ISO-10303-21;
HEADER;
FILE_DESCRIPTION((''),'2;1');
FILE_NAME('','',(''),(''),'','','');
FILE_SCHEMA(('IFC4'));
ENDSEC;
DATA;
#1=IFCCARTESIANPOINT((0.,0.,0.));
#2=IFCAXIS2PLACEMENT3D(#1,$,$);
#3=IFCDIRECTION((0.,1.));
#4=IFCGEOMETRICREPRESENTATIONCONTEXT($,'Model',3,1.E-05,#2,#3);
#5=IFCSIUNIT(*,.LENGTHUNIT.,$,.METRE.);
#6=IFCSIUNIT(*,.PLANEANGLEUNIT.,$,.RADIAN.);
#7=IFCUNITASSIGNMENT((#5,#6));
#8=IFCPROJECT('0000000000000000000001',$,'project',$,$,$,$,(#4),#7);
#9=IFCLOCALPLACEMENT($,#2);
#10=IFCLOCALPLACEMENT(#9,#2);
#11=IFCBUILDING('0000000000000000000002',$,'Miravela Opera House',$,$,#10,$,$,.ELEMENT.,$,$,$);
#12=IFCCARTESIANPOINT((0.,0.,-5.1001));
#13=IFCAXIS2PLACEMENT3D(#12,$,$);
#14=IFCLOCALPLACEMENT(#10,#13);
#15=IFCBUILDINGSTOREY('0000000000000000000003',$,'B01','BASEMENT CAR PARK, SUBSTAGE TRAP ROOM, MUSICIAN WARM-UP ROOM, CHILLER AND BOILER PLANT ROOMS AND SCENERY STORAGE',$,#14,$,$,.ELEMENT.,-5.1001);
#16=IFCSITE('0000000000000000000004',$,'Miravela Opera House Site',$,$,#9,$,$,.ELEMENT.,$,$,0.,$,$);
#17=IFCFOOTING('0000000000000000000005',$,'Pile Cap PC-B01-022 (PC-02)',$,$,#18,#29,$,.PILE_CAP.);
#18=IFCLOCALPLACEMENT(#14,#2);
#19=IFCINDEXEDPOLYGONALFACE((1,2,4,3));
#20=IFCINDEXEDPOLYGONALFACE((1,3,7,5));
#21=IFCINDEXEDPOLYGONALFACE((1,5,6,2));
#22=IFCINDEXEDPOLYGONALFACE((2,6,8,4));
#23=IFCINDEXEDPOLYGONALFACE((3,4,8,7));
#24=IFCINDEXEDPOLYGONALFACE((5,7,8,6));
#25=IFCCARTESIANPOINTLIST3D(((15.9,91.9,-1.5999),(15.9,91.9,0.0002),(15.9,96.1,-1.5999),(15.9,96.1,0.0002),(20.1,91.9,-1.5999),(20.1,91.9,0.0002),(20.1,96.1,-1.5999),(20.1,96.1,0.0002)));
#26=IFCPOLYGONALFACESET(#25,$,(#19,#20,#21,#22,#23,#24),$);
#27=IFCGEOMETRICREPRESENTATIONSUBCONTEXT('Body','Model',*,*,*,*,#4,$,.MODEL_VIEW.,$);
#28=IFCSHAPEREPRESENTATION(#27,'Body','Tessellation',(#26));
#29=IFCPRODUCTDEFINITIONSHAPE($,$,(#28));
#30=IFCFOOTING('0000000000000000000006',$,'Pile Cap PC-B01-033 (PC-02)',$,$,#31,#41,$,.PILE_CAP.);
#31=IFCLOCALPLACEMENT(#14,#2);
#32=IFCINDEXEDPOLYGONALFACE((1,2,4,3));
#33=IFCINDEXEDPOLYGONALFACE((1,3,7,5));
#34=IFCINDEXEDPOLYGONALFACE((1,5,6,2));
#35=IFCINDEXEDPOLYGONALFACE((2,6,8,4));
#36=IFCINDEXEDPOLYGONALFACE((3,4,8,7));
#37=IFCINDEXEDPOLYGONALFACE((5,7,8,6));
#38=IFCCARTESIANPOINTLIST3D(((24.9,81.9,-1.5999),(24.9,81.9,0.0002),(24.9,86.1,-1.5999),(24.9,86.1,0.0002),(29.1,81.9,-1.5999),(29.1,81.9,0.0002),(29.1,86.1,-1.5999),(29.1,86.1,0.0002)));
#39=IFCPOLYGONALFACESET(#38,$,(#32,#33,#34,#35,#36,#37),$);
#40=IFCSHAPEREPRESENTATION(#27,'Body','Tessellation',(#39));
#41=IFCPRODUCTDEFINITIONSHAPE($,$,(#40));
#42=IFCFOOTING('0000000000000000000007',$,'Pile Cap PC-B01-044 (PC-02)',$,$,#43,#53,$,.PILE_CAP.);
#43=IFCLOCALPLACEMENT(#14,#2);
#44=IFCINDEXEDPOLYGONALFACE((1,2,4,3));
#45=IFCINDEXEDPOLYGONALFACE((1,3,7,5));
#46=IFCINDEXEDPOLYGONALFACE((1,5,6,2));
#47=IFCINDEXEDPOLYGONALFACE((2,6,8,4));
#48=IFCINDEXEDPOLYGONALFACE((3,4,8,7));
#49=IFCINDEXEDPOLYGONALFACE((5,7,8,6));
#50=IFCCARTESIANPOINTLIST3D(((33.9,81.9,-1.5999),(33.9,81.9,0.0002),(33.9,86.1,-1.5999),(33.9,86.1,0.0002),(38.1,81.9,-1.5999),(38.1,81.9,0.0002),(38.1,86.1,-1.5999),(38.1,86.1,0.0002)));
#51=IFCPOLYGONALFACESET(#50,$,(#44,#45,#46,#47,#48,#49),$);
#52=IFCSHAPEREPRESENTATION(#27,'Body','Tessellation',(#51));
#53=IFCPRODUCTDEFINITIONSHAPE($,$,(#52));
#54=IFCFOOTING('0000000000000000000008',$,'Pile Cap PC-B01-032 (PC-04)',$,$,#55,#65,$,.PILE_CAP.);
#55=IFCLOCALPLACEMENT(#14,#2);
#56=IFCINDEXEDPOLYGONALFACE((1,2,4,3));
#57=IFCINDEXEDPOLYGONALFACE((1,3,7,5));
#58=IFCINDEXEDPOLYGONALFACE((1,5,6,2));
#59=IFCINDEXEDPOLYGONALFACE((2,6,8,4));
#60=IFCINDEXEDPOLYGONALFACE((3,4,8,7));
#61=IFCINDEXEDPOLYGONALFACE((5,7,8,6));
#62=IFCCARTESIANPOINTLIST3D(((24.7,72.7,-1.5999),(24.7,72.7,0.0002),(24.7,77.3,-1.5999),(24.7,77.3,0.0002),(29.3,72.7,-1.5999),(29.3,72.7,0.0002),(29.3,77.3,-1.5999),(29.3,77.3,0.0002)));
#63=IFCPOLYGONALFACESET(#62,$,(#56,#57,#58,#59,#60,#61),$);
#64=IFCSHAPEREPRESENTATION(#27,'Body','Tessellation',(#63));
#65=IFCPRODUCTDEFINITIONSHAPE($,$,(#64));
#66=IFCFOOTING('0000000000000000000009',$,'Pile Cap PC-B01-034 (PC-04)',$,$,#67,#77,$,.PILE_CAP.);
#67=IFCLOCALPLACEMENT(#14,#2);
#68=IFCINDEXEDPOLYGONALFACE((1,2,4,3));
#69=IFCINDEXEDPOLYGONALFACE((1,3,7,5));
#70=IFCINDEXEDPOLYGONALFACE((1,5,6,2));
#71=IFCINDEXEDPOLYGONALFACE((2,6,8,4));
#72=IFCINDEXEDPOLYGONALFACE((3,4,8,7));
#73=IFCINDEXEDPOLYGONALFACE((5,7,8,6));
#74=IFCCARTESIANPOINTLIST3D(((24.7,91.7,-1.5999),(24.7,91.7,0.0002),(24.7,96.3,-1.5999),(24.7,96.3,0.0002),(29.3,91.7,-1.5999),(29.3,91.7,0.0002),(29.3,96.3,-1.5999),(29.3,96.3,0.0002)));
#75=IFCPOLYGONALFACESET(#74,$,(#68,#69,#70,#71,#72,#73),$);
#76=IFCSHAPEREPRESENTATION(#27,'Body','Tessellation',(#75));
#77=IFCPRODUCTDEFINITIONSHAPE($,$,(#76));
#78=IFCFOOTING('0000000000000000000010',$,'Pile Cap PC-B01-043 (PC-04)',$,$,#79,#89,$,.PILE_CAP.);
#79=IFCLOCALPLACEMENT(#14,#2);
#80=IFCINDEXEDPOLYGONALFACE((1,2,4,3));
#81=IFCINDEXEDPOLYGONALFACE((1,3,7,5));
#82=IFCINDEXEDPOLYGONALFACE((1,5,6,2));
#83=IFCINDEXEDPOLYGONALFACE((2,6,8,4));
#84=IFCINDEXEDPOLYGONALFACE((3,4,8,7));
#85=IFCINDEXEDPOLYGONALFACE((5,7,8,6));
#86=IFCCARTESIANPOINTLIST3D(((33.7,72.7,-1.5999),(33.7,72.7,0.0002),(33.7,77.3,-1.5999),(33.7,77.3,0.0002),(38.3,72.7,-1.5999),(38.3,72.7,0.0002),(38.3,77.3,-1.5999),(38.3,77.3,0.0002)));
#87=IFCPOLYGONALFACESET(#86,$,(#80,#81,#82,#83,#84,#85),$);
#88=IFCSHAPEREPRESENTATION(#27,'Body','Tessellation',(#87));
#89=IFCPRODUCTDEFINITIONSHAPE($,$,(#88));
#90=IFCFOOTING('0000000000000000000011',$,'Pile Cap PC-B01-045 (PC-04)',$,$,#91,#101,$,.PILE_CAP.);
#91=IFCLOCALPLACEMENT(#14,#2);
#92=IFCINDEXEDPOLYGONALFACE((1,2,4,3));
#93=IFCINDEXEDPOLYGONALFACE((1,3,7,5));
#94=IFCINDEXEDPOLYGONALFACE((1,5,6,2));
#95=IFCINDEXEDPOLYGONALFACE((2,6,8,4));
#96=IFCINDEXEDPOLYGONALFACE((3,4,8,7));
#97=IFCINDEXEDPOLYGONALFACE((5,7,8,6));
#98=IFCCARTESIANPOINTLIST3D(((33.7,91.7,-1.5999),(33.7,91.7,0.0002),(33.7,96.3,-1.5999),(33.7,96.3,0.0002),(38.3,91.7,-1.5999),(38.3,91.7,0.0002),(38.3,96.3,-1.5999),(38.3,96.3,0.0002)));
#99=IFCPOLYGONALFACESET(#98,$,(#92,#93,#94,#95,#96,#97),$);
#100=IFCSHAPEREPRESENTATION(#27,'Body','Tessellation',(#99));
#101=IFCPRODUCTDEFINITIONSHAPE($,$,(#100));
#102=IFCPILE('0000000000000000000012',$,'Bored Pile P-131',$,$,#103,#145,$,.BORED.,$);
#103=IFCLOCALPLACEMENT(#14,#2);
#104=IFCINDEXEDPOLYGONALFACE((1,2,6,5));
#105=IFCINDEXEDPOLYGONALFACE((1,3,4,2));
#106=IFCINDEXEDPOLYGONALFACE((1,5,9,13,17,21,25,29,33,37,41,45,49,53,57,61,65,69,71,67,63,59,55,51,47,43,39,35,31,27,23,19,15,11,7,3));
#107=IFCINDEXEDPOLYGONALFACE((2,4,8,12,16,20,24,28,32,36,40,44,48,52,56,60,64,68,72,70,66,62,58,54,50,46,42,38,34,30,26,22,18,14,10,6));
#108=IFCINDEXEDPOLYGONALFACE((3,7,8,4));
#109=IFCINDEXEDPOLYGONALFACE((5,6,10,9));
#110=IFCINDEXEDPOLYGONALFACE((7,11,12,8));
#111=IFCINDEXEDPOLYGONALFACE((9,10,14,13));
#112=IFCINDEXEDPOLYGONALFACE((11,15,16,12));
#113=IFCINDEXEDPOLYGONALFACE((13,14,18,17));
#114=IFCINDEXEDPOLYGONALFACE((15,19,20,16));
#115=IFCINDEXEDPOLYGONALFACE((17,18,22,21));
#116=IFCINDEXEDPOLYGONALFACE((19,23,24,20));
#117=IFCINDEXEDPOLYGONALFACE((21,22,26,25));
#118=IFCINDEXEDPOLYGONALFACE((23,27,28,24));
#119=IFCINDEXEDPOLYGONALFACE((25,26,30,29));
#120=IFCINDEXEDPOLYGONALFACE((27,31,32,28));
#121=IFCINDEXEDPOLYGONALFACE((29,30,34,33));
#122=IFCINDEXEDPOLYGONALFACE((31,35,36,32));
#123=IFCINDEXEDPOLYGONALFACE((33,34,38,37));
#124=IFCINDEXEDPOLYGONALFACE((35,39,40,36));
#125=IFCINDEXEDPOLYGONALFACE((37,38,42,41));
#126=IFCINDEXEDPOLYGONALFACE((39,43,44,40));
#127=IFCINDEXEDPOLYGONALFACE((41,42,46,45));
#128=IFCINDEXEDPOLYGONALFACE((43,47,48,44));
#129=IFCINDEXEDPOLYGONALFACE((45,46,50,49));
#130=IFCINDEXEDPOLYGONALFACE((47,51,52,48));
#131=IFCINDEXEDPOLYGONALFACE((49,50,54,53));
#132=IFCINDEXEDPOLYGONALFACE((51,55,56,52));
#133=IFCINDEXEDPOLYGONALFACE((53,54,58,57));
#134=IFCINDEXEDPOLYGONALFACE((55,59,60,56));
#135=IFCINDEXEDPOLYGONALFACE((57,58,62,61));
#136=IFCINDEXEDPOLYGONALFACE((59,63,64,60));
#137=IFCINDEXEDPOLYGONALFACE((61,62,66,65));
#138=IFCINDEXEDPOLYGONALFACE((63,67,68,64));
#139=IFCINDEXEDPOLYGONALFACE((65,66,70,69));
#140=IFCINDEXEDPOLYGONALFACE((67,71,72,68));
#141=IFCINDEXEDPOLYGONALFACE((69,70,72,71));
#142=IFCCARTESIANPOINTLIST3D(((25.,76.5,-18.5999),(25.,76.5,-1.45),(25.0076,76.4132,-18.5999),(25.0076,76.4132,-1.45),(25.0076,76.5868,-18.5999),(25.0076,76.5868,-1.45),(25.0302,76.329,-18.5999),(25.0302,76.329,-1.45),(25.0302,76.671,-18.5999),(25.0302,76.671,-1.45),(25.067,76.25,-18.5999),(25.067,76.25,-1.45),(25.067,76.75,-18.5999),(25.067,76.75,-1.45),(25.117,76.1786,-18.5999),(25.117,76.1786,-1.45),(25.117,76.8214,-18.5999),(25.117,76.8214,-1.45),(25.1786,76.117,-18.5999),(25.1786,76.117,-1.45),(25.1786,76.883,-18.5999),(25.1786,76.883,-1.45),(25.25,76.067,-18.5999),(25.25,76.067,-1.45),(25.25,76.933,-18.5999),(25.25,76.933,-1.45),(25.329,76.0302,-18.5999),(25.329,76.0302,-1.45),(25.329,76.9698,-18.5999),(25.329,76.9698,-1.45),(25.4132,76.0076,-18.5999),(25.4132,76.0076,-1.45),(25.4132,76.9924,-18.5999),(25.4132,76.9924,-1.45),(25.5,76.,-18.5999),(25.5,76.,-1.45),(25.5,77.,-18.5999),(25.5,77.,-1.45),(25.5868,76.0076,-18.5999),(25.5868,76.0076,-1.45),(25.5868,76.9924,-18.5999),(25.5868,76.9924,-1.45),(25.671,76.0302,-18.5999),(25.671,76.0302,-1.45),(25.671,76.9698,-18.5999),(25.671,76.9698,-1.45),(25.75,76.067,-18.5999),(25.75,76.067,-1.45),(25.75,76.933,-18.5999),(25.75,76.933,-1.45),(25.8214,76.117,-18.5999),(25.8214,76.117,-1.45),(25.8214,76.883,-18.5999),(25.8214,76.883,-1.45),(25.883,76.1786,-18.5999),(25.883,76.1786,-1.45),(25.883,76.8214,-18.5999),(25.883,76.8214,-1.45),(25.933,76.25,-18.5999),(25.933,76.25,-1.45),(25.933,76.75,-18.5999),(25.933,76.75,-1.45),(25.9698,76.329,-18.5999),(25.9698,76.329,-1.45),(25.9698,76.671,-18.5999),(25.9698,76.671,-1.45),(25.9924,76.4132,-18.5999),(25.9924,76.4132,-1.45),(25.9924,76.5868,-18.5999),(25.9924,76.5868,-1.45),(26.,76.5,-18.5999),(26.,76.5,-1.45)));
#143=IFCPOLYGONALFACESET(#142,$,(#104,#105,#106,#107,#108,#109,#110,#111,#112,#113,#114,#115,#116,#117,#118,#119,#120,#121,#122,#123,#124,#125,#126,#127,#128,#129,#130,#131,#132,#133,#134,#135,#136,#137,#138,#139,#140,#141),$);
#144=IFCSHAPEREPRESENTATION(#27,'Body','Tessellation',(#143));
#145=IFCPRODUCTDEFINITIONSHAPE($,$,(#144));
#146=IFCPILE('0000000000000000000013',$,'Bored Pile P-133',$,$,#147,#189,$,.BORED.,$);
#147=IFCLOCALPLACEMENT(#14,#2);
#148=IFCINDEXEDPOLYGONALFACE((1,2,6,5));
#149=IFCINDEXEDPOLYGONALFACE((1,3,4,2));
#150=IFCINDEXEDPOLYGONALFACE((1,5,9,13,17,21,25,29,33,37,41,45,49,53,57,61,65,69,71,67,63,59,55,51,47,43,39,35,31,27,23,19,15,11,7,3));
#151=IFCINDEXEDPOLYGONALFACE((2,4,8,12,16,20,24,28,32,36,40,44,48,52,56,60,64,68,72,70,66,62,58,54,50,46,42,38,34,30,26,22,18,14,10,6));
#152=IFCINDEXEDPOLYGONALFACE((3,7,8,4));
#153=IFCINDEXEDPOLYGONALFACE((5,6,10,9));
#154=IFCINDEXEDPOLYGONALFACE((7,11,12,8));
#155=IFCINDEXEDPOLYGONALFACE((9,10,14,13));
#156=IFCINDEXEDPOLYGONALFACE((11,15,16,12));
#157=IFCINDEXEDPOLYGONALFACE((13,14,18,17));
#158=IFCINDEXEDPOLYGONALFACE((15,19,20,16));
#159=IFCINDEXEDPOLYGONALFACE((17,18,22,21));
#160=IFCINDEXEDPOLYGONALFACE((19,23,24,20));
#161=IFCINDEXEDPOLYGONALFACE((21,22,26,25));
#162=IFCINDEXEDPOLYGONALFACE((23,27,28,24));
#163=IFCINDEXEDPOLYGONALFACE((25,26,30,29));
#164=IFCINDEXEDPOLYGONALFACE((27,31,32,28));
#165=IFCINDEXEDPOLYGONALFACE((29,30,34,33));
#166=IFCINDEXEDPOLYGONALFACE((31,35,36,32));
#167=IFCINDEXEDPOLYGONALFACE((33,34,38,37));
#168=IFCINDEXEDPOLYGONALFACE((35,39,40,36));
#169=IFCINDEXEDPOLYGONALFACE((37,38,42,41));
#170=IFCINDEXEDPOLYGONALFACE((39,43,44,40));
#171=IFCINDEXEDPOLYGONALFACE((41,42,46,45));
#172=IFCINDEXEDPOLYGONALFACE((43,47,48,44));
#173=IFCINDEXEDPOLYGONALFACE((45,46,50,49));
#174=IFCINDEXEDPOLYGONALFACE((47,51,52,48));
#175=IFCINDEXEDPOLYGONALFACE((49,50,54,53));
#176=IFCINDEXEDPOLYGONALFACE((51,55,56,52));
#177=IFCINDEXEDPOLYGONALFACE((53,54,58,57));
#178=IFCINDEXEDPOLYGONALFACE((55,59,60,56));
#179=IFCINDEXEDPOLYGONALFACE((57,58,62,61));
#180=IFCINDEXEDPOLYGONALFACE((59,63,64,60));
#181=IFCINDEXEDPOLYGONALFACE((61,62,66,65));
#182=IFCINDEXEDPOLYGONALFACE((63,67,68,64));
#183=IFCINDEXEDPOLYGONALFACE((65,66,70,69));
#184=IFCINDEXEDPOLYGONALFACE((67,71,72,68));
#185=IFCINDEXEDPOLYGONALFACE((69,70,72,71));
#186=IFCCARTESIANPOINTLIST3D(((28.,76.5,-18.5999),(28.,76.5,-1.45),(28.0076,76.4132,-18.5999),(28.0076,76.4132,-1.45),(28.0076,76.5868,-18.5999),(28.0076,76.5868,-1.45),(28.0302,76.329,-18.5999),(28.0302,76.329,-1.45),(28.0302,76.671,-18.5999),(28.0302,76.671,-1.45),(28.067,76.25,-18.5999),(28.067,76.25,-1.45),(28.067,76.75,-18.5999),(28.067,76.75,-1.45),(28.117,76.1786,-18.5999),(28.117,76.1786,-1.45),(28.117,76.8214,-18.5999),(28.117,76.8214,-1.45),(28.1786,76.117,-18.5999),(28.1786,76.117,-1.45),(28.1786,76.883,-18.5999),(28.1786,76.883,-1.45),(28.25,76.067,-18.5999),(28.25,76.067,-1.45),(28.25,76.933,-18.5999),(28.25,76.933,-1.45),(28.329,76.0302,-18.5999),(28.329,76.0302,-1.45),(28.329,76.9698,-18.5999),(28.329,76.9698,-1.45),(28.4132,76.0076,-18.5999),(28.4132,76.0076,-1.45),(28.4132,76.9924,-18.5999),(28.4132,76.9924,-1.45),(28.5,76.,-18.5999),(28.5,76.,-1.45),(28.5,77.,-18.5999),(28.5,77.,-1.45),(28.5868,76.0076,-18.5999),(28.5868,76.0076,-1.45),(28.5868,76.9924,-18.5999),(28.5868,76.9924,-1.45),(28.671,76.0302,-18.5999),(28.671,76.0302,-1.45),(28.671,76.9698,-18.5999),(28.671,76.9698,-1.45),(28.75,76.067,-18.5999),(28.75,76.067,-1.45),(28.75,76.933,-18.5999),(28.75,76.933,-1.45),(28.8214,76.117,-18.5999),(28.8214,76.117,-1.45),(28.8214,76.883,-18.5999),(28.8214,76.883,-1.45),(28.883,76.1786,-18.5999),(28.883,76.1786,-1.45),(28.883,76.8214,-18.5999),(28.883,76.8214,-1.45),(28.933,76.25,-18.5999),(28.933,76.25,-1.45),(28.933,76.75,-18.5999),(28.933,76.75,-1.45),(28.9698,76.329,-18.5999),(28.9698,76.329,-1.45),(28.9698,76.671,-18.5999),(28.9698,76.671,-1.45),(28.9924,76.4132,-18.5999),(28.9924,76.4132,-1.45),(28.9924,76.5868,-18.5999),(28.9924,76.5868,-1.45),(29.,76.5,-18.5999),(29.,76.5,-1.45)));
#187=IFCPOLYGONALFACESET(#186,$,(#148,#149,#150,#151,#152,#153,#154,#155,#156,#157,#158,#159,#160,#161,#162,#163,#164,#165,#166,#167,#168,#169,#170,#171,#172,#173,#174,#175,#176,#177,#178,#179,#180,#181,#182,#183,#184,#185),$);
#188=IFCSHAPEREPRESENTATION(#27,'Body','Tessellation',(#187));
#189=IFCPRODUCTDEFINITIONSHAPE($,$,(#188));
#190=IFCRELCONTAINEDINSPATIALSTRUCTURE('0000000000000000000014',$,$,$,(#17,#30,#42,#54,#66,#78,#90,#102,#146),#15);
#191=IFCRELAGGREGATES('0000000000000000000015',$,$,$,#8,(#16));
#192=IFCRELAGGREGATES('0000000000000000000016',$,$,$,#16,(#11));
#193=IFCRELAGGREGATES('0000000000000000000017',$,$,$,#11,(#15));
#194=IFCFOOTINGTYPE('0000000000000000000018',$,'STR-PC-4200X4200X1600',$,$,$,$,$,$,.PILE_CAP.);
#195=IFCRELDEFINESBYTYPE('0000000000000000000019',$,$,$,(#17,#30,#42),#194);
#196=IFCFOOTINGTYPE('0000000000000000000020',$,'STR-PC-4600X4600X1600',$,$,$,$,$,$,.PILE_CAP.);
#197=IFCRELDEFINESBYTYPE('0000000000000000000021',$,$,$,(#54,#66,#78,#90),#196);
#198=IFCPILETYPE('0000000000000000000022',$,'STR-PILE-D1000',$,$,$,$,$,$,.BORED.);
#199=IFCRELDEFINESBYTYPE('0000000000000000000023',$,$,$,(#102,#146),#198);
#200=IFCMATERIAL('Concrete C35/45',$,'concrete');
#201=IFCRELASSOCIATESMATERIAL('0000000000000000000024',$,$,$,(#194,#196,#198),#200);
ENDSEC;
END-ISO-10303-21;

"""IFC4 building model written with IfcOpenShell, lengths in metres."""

from ifc_helpers import new_model, si_unit, direction, frame, origin, origin_2d, place, context, subcontext, project, spatial, rectangle, circle, extrude, material, material_profile, profile_set, type_object, element, save


model = new_model("IFC4")

# Units and contexts
model_context = context("Model", 3, precision=1e-05, world=origin(), true_north=direction((0.0, 1.0)))
body_context = subcontext(model_context, "Body", "Model", "MODEL_VIEW")
ifc_project = project(units=[si_unit("LENGTHUNIT", "METRE"), si_unit("PLANEANGLEUNIT", "RADIAN")], contexts=[model_context])

# Site, building, storey
site_placement = place(None, origin())
site = spatial("IfcSite", under=ifc_project, at=site_placement, Name="Miravela Opera House Site", CompositionType="ELEMENT", RefElevation=0.0)
building_placement = place(site_placement, origin())
building = spatial("IfcBuilding", under=site, at=building_placement, Name="Miravela Opera House", CompositionType="ELEMENT")
storey_placement = place(building_placement, frame((0.0, 0.0, -5.1001)))
storey = spatial("IfcBuildingStorey", under=building, at=storey_placement, Name="B01", Description="BASEMENT CAR PARK, SUBSTAGE TRAP ROOM, MUSICIAN WARM-UP ROOM, CHILLER AND BOILER PLANT ROOMS AND SCENERY STORAGE", CompositionType="ELEMENT", Elevation=-5.1001)

# Footings
ifc_material_1 = material(Name="Concrete C35/45", Category="concrete")
footing_type_1 = type_object("IfcFootingType", Name="STR-PC-4200X4200X1600", PredefinedType="PILE_CAP", material=ifc_material_1)
for number, where, z_axis, x_axis, name in (
    (1, (18.0, 94.0, -1.5999), (0.0, 0.0, 1.0), (1.0, 0.0, 0.0), "Pile Cap PC-B01-022 (PC-02)"),
    (2, (27.0, 84.0, -1.5999), (0.0, 0.0, 1.0), (1.0, 0.0, 0.0), "Pile Cap PC-B01-033 (PC-02)"),
    (3, (36.0, 84.0, -1.5999), (0.0, 0.0, 1.0), (1.0, 0.0, 0.0), "Pile Cap PC-B01-044 (PC-02)"),
):
    element("IfcFooting", number, at=place(storey_placement, frame(where, z_axis=z_axis, x_axis=x_axis)), inside=storey, type_object=footing_type_1, Name=name, PredefinedType="PILE_CAP", context=body_context, shape_type="SweptSolid", body=[
        extrude(rectangle(XDim=4.2, YDim=4.2, at=origin_2d()), origin(), (0.0, 0.0, 1.0), 1.6001),
    ])
footing_type_2 = type_object("IfcFootingType", Name="STR-PC-4600X4600X1600", PredefinedType="PILE_CAP", material=ifc_material_1)
for number, where, z_axis, x_axis, name in (
    (4, (27.0, 75.0, -1.5999), (0.0, 0.0, 1.0), (1.0, 0.0, 0.0), "Pile Cap PC-B01-032 (PC-04)"),
    (5, (27.0, 94.0, -1.5999), (0.0, 0.0, 1.0), (1.0, 0.0, 0.0), "Pile Cap PC-B01-034 (PC-04)"),
    (6, (36.0, 75.0, -1.5999), (0.0, 0.0, 1.0), (1.0, 0.0, 0.0), "Pile Cap PC-B01-043 (PC-04)"),
    (7, (36.0, 94.0, -1.5999), (0.0, 0.0, 1.0), (1.0, 0.0, 0.0), "Pile Cap PC-B01-045 (PC-04)"),
):
    element("IfcFooting", number, at=place(storey_placement, frame(where, z_axis=z_axis, x_axis=x_axis)), inside=storey, type_object=footing_type_2, Name=name, PredefinedType="PILE_CAP", context=body_context, shape_type="SweptSolid", body=[
        extrude(rectangle(XDim=4.6001, YDim=4.6001, at=origin_2d()), origin(), (0.0, 0.0, 1.0), 1.6001),
    ])

# Piles
ifc_material_profile_1 = material_profile(ifc_material_1, circle(Radius=0.5, at=origin_2d()), Name="PILE-D1000")
ifc_profile_set_1 = profile_set([ifc_material_profile_1])
pile_type_1 = type_object("IfcPileType", Name="STR-PILE-D1000", PredefinedType="BORED", material=ifc_profile_set_1)
for number, where, z_axis, x_axis, name in (
    (8, (25.5, 76.5, -1.45), (0.0, 0.0, -1.0), (1.0, 0.0, 0.0), "Bored Pile P-131"),
    (9, (28.5, 76.5, -1.45), (0.0, 0.0, -1.0), (1.0, 0.0, 0.0), "Bored Pile P-133"),
):
    element("IfcPile", number, at=place(storey_placement, frame(where, z_axis=z_axis, x_axis=x_axis)), inside=storey, type_object=pile_type_1, Name=name, PredefinedType="BORED", context=body_context, shape_type="SweptSolid", body=[
        extrude(circle(Radius=0.5, at=origin_2d()), origin(), (0.0, 0.0, 1.0), 17.1499),
    ])

save(model, "model.ifc")
